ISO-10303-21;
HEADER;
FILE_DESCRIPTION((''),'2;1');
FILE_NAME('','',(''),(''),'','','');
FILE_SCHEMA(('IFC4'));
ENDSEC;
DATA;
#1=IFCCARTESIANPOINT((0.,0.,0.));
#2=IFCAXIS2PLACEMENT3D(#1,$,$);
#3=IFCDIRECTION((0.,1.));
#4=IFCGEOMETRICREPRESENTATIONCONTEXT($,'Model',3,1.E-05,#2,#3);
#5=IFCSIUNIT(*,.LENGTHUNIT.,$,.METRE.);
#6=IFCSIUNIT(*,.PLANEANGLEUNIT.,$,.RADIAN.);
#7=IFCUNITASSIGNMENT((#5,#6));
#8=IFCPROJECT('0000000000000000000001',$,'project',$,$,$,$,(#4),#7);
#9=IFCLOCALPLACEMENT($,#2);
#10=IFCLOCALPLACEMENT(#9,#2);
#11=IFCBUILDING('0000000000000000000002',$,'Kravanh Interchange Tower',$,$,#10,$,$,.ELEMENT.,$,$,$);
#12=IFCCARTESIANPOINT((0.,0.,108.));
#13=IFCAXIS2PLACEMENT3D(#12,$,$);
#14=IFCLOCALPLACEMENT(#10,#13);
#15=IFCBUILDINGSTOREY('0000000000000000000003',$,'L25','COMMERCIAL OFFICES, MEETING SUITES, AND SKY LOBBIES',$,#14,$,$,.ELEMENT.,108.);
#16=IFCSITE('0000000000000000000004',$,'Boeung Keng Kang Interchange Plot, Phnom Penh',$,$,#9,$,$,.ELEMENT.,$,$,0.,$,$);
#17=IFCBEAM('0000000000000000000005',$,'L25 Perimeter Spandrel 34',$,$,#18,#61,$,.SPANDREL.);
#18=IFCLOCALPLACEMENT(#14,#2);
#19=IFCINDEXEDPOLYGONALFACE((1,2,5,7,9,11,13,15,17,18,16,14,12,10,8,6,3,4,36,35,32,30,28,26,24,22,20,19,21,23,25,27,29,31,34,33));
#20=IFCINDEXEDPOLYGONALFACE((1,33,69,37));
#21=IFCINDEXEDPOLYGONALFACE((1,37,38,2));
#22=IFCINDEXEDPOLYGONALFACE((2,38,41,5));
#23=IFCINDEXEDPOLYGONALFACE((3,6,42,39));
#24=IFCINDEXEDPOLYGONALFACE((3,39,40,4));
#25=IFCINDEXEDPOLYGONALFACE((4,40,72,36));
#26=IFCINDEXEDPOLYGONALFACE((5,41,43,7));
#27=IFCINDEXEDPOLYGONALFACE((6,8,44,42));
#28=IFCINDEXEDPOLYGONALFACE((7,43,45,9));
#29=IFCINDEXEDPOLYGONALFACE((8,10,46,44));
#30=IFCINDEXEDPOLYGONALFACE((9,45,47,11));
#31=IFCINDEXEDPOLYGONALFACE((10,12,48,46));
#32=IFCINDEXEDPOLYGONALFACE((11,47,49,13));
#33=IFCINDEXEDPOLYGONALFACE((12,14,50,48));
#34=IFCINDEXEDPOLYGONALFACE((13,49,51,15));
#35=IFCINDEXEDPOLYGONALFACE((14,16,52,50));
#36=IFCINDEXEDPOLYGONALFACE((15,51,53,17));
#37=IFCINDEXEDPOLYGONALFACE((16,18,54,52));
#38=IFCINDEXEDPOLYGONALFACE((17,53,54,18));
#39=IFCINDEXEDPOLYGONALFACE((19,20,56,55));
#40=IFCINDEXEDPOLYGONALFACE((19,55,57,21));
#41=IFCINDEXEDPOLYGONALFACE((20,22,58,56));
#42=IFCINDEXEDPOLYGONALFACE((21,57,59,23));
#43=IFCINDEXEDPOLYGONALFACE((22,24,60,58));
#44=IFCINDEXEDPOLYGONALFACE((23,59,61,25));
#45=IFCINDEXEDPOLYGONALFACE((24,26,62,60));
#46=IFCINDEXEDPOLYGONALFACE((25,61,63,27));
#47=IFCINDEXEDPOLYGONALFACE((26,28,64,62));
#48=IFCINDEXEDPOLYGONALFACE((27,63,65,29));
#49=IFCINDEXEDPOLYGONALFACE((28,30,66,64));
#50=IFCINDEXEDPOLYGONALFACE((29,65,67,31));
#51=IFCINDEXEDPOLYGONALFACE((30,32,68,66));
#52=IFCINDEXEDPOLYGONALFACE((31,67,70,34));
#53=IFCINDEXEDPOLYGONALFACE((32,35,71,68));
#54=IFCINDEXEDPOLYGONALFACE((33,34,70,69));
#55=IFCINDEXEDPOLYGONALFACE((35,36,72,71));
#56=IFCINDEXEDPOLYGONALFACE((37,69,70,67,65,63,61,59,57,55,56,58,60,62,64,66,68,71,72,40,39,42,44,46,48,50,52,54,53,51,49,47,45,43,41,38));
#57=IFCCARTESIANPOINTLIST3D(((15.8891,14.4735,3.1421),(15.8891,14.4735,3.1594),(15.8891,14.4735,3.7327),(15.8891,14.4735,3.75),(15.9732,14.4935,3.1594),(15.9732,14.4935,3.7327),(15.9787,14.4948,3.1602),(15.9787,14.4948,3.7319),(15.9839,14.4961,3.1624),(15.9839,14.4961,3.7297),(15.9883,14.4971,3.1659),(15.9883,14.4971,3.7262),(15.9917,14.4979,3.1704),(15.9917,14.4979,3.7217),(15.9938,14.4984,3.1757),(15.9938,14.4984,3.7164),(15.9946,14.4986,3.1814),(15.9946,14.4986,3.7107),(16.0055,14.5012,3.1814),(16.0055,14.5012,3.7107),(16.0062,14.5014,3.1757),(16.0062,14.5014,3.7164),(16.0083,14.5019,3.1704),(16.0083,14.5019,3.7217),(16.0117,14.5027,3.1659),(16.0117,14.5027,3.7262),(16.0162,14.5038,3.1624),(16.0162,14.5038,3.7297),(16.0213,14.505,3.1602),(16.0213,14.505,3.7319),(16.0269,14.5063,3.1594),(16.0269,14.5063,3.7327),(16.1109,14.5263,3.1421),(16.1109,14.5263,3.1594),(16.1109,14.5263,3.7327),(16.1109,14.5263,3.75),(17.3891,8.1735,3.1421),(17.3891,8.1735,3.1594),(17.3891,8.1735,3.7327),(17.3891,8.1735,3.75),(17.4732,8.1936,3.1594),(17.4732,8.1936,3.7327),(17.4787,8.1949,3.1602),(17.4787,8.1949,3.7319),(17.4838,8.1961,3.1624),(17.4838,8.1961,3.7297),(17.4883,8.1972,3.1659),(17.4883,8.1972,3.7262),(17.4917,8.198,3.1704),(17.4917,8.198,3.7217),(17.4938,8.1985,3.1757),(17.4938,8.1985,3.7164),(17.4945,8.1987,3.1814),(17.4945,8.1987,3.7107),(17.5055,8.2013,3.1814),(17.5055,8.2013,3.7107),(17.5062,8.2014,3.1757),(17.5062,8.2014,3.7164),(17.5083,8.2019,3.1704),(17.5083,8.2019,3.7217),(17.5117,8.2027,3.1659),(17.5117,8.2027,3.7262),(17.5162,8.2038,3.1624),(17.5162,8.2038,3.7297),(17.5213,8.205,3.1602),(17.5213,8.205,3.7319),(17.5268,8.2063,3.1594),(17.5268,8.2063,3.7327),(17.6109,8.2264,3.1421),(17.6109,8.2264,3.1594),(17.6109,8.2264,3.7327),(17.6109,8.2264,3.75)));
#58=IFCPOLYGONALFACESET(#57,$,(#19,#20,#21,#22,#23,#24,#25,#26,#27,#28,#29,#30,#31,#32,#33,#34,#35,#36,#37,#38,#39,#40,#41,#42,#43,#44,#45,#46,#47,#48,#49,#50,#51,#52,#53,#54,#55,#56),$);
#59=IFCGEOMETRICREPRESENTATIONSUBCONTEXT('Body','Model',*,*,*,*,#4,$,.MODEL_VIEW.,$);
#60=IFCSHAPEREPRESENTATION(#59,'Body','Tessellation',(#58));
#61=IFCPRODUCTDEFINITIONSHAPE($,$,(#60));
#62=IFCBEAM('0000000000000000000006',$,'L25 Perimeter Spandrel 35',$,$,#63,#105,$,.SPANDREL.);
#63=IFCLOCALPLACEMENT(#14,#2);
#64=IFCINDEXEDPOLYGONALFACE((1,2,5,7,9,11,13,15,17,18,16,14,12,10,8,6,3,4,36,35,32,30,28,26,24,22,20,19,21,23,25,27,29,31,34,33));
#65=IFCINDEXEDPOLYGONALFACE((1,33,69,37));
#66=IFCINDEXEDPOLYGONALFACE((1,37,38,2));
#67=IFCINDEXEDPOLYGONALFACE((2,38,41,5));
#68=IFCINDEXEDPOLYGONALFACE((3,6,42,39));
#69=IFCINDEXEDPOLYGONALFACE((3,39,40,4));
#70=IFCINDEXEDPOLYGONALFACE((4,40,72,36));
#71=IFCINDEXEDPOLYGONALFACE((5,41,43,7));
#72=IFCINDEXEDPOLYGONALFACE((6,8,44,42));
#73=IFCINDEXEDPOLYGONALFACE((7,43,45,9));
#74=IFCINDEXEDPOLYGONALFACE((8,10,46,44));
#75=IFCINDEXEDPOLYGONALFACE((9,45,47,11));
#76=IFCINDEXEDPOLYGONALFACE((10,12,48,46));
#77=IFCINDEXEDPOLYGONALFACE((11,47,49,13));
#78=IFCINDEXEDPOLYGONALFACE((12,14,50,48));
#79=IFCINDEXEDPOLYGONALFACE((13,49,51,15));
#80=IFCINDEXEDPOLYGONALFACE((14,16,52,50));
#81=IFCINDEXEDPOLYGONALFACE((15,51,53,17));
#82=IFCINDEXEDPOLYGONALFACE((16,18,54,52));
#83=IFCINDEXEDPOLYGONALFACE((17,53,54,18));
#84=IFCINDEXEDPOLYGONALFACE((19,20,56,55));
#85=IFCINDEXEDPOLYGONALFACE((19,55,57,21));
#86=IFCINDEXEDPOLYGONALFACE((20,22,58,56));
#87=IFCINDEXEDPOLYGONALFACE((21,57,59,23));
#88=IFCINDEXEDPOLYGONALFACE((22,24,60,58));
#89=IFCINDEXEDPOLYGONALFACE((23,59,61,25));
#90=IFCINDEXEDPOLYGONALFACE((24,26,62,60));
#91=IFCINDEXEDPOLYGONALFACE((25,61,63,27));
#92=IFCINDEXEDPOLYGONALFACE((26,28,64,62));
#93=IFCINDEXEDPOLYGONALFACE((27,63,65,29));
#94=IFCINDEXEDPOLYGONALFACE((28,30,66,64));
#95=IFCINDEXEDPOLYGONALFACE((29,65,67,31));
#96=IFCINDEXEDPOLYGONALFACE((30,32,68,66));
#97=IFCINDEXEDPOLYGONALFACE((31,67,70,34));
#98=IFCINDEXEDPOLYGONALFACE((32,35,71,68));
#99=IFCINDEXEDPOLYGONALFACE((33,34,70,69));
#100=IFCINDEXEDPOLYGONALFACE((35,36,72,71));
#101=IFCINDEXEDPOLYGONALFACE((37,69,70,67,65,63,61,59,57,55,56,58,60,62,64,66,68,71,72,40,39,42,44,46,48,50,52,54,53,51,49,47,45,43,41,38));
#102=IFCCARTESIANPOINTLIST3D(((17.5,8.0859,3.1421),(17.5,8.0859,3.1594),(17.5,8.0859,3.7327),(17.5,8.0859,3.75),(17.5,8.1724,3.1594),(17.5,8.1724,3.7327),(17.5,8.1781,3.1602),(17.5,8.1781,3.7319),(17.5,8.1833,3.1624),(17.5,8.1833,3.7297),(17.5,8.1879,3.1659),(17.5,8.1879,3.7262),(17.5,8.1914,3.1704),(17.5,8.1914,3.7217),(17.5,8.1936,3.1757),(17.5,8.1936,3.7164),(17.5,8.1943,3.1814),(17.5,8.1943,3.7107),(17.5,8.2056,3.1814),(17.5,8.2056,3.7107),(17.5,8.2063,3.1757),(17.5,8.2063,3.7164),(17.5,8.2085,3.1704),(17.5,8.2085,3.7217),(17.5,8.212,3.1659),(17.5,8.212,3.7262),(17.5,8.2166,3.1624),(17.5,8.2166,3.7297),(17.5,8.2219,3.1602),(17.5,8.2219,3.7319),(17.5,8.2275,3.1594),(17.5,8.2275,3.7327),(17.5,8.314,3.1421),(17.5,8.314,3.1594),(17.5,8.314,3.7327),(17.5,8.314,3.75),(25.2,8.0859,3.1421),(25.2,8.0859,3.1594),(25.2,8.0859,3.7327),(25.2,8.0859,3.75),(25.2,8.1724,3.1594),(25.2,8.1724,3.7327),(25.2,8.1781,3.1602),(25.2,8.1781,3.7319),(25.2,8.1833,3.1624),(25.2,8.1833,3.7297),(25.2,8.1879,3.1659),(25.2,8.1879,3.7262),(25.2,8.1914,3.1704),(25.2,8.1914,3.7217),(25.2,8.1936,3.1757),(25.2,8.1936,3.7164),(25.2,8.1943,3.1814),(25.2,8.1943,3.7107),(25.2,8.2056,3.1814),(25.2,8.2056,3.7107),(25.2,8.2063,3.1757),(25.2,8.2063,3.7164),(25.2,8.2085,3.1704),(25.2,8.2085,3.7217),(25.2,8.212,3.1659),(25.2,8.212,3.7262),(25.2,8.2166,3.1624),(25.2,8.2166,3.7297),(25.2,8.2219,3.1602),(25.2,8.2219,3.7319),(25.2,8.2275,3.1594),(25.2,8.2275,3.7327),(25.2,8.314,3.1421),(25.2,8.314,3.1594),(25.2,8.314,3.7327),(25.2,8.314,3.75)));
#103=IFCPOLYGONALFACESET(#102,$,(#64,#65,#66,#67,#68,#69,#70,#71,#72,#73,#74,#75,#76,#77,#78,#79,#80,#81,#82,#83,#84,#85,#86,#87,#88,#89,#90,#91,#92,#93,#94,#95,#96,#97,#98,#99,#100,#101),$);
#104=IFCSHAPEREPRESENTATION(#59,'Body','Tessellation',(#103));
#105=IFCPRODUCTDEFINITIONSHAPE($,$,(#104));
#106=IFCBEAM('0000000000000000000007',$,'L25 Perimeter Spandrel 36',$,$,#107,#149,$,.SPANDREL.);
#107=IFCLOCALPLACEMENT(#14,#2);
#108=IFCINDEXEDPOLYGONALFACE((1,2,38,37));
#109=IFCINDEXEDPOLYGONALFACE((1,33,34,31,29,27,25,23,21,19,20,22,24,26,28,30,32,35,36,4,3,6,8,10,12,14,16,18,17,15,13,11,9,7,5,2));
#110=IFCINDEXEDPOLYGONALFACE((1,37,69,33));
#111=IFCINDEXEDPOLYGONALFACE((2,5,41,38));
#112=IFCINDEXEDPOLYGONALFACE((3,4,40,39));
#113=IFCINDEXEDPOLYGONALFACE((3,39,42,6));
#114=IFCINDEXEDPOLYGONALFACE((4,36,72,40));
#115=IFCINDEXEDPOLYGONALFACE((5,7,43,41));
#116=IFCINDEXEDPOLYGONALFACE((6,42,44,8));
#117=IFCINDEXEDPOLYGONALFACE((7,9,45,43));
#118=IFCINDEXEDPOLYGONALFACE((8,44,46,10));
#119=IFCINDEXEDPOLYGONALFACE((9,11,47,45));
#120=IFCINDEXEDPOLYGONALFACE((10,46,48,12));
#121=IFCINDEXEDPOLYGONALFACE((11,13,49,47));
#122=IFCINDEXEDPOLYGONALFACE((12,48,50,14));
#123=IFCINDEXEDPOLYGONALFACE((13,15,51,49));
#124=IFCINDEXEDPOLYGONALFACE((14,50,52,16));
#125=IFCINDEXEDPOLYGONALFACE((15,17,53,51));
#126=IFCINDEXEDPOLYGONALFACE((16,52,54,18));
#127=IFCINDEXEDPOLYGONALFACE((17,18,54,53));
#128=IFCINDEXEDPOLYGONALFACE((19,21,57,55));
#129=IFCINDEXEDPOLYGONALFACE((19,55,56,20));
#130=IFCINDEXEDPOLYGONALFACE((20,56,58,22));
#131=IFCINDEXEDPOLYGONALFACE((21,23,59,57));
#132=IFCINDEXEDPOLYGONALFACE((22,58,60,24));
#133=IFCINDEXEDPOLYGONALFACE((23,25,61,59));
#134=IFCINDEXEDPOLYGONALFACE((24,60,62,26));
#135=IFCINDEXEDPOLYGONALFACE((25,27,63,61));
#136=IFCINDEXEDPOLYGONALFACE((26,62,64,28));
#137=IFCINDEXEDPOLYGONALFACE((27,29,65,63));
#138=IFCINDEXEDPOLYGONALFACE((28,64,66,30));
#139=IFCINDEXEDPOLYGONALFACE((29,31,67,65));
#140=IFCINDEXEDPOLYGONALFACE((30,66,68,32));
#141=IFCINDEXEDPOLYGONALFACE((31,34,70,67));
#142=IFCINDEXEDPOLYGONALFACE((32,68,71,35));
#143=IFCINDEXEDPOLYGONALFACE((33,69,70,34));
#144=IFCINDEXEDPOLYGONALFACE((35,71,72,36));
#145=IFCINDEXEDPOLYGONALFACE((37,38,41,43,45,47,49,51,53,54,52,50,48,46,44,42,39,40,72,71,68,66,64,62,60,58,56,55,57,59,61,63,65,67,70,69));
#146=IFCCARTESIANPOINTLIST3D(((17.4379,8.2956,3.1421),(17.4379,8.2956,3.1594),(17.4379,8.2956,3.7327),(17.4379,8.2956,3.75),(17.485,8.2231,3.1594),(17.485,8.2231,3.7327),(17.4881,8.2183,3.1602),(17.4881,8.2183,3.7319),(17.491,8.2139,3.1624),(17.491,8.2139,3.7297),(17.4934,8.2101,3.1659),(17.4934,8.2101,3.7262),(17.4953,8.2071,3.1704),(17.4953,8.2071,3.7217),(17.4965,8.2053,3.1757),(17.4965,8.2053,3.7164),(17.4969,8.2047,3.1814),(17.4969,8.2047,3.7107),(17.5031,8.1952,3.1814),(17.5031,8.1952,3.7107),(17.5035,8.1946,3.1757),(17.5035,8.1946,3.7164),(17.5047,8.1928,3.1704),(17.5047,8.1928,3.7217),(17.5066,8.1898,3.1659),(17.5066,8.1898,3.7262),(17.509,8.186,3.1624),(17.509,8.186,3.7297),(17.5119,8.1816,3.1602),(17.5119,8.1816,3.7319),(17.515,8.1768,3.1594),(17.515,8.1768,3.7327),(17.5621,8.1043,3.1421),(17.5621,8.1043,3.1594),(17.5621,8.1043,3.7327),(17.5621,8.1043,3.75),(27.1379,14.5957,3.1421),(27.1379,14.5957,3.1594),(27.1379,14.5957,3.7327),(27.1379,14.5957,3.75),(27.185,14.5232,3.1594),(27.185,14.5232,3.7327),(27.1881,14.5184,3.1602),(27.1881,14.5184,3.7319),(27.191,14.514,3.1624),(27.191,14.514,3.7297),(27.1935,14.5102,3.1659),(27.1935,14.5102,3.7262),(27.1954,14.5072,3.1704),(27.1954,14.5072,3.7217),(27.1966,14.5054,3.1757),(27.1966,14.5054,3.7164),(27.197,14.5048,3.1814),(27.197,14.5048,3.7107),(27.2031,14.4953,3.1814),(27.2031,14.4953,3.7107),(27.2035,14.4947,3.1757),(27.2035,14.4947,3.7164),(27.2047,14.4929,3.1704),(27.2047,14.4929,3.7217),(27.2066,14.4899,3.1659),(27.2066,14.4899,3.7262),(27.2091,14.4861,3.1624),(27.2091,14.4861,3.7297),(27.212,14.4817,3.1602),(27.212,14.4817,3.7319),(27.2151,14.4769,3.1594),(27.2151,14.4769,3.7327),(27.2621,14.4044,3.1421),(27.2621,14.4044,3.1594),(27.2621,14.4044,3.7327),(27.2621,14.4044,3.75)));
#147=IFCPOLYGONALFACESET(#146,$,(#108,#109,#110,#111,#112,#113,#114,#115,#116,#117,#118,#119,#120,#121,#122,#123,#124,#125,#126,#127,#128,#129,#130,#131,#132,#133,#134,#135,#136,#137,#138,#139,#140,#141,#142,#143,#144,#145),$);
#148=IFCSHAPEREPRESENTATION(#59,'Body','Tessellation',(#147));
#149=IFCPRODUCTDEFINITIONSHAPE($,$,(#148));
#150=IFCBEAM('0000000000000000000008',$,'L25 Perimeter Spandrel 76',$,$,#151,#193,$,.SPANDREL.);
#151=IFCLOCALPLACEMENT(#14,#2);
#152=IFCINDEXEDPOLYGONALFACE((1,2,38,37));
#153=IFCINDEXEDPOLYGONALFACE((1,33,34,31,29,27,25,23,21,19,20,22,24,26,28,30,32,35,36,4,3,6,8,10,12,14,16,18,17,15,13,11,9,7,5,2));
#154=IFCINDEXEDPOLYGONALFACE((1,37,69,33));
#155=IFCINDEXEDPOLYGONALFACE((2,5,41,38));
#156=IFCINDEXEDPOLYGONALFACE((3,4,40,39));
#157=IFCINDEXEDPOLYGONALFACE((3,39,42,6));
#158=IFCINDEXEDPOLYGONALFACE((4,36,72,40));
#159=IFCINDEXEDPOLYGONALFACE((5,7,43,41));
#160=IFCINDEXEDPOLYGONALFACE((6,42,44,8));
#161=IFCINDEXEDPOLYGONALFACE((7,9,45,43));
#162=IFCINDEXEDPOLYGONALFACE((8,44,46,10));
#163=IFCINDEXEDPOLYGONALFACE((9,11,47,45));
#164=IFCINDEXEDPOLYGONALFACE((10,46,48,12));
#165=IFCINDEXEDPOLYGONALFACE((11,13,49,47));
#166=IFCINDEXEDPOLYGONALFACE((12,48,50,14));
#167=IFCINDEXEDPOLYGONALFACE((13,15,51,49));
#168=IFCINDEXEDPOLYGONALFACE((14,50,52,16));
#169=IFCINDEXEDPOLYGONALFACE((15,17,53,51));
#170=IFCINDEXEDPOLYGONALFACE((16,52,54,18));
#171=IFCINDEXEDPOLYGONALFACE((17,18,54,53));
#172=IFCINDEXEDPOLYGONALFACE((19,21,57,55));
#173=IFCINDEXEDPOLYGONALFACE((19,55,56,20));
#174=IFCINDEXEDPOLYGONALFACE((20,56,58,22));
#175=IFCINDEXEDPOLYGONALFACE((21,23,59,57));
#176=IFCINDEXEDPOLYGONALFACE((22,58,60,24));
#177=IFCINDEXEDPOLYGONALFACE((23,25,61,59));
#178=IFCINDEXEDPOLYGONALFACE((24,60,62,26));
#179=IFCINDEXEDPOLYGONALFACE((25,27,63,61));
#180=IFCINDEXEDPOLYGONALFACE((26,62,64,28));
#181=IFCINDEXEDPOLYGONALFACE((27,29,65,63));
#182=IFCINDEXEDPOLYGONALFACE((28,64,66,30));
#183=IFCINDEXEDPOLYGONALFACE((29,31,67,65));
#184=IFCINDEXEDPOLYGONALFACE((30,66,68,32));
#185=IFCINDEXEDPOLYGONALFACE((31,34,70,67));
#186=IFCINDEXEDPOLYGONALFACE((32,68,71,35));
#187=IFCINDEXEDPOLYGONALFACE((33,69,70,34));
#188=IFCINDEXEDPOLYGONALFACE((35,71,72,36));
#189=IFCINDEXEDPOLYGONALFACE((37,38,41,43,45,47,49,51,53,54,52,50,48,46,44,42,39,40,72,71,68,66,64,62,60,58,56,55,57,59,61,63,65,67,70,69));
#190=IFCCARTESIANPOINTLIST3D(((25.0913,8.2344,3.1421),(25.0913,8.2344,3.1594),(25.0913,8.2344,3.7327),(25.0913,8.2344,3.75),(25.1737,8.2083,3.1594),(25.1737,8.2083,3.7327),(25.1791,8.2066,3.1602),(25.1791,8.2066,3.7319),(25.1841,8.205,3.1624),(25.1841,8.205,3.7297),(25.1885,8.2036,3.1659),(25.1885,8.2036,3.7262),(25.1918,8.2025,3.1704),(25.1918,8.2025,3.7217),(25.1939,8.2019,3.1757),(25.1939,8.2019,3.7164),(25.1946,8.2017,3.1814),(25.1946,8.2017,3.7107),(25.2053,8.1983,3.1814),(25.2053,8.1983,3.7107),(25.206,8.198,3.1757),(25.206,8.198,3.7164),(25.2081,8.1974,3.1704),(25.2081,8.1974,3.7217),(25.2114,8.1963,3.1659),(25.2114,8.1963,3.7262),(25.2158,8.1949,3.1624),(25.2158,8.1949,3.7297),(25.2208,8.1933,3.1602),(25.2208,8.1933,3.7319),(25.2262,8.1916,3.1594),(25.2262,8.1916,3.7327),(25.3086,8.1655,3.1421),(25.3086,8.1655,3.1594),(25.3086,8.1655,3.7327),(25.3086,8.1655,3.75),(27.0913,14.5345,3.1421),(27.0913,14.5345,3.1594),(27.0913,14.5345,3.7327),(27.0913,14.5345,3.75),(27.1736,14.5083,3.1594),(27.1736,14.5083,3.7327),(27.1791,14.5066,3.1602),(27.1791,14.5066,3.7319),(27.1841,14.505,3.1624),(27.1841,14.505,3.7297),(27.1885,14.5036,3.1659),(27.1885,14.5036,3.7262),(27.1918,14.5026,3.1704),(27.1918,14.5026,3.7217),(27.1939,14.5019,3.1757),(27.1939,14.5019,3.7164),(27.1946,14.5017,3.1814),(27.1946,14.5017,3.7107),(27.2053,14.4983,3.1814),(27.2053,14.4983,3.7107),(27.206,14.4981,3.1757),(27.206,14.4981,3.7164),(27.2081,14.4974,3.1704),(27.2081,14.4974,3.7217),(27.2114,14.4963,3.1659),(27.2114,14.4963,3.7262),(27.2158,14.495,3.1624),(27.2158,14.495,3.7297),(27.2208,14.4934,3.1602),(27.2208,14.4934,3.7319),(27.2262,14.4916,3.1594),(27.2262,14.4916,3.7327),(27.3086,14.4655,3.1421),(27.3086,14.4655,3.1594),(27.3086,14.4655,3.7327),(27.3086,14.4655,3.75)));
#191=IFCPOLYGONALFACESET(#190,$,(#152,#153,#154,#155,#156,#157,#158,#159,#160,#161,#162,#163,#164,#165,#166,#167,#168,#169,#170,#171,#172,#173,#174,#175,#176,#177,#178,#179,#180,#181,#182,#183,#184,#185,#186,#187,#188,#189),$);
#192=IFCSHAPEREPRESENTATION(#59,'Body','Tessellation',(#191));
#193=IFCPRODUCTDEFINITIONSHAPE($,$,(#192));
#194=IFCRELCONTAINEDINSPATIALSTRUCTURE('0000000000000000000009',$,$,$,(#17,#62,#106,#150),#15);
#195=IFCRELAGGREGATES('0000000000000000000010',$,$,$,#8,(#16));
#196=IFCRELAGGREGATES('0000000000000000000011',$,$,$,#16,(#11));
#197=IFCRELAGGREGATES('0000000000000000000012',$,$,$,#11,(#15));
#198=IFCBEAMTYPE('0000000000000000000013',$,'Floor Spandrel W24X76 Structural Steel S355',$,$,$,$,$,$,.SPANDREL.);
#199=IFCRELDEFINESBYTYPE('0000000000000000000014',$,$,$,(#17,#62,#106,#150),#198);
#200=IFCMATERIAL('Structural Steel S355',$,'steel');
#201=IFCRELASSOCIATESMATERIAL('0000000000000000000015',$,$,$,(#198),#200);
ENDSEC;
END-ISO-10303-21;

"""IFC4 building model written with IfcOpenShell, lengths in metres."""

from ifc_helpers import new_model, si_unit, direction, frame, origin, origin_2d, place, context, subcontext, project, spatial, i_section, extrude, material, material_profile, profile_set, type_object, element, save


model = new_model("IFC4")

# Units and contexts
model_context = context("Model", 3, precision=1e-05, world=origin(), true_north=direction((0.0, 1.0)))
body_context = subcontext(model_context, "Body", "Model", "MODEL_VIEW")
ifc_project = project(units=[si_unit("LENGTHUNIT", "METRE"), si_unit("PLANEANGLEUNIT", "RADIAN")], contexts=[model_context])

# Site, building, storey
site_placement = place(None, origin())
site = spatial("IfcSite", under=ifc_project, at=site_placement, Name="Boeung Keng Kang Interchange Plot, Phnom Penh", CompositionType="ELEMENT", RefElevation=0.0)
building_placement = place(site_placement, origin())
building = spatial("IfcBuilding", under=site, at=building_placement, Name="Kravanh Interchange Tower", CompositionType="ELEMENT")
storey_placement = place(building_placement, frame((0.0, 0.0, 108.0)))
storey = spatial("IfcBuildingStorey", under=building, at=storey_placement, Name="L25", Description="COMMERCIAL OFFICES, MEETING SUITES, AND SKY LOBBIES", CompositionType="ELEMENT", Elevation=108.0)

# Beams
ifc_material_1 = material(Name="Structural Steel S355", Category="steel")
ifc_material_profile_1 = material_profile(ifc_material_1, i_section(OverallWidth=0.228, OverallDepth=0.6079, WebThickness=0.0112, FlangeThickness=0.0173, FilletRadius=0.022, at=origin_2d()), Name="W24X76")
ifc_profile_set_1 = profile_set([ifc_material_profile_1], Name="Structural Steel S355")
beam_type_1 = type_object("IfcBeamType", Name="Floor Spandrel W24X76 Structural Steel S355", PredefinedType="SPANDREL", material=ifc_profile_set_1)
beam_1_placement = place(storey_placement, frame((17.5, 8.2, 3.446), z_axis=(-0.231619, 0.972807, 0.0), x_axis=(-0.972807, -0.231619, 0.0)))
element("IfcBeam", 1, at=beam_1_placement, inside=storey, type_object=beam_type_1, Name="L25 Perimeter Spandrel 34", PredefinedType="SPANDREL", context=body_context, shape_type="SweptSolid", body=[
    extrude(i_section(OverallWidth=0.228, OverallDepth=0.6079, WebThickness=0.0112, FlangeThickness=0.0173, FilletRadius=0.022, at=origin_2d()), origin(), (0.0, 0.0, 1.0), 6.4761),
])
beam_2_placement = place(storey_placement, frame((17.5, 8.2, 3.446), z_axis=(1.0, 0.0, 0.0), x_axis=(0.0, 1.0, 0.0)))
element("IfcBeam", 2, at=beam_2_placement, inside=storey, type_object=beam_type_1, Name="L25 Perimeter Spandrel 35", PredefinedType="SPANDREL", context=body_context, shape_type="SweptSolid", body=[
    extrude(i_section(OverallWidth=0.228, OverallDepth=0.6079, WebThickness=0.0112, FlangeThickness=0.0173, FilletRadius=0.022, at=origin_2d()), origin(), (0.0, 0.0, 1.0), 7.7),
])
beam_3_placement = place(storey_placement, frame((17.5, 8.2, 3.446), z_axis=(0.838638, 0.544689, 0.0), x_axis=(-0.544689, 0.838638, 0.0)))
element("IfcBeam", 3, at=beam_3_placement, inside=storey, type_object=beam_type_1, Name="L25 Perimeter Spandrel 36", PredefinedType="SPANDREL", context=body_context, shape_type="SweptSolid", body=[
    extrude(i_section(OverallWidth=0.228, OverallDepth=0.6079, WebThickness=0.0112, FlangeThickness=0.0173, FilletRadius=0.022, at=origin_2d()), origin(), (0.0, 0.0, 1.0), 11.5664),
])
beam_4_placement = place(storey_placement, frame((25.2, 8.2, 3.446), z_axis=(0.302577, 0.953125, 0.0), x_axis=(-0.953125, 0.302577, 0.0)))
element("IfcBeam", 4, at=beam_4_placement, inside=storey, type_object=beam_type_1, Name="L25 Perimeter Spandrel 76", PredefinedType="SPANDREL", context=body_context, shape_type="SweptSolid", body=[
    extrude(i_section(OverallWidth=0.228, OverallDepth=0.6079, WebThickness=0.0112, FlangeThickness=0.0173, FilletRadius=0.022, at=origin_2d()), origin(), (0.0, 0.0, 1.0), 6.6099),
])

save(model, "model.ifc")
